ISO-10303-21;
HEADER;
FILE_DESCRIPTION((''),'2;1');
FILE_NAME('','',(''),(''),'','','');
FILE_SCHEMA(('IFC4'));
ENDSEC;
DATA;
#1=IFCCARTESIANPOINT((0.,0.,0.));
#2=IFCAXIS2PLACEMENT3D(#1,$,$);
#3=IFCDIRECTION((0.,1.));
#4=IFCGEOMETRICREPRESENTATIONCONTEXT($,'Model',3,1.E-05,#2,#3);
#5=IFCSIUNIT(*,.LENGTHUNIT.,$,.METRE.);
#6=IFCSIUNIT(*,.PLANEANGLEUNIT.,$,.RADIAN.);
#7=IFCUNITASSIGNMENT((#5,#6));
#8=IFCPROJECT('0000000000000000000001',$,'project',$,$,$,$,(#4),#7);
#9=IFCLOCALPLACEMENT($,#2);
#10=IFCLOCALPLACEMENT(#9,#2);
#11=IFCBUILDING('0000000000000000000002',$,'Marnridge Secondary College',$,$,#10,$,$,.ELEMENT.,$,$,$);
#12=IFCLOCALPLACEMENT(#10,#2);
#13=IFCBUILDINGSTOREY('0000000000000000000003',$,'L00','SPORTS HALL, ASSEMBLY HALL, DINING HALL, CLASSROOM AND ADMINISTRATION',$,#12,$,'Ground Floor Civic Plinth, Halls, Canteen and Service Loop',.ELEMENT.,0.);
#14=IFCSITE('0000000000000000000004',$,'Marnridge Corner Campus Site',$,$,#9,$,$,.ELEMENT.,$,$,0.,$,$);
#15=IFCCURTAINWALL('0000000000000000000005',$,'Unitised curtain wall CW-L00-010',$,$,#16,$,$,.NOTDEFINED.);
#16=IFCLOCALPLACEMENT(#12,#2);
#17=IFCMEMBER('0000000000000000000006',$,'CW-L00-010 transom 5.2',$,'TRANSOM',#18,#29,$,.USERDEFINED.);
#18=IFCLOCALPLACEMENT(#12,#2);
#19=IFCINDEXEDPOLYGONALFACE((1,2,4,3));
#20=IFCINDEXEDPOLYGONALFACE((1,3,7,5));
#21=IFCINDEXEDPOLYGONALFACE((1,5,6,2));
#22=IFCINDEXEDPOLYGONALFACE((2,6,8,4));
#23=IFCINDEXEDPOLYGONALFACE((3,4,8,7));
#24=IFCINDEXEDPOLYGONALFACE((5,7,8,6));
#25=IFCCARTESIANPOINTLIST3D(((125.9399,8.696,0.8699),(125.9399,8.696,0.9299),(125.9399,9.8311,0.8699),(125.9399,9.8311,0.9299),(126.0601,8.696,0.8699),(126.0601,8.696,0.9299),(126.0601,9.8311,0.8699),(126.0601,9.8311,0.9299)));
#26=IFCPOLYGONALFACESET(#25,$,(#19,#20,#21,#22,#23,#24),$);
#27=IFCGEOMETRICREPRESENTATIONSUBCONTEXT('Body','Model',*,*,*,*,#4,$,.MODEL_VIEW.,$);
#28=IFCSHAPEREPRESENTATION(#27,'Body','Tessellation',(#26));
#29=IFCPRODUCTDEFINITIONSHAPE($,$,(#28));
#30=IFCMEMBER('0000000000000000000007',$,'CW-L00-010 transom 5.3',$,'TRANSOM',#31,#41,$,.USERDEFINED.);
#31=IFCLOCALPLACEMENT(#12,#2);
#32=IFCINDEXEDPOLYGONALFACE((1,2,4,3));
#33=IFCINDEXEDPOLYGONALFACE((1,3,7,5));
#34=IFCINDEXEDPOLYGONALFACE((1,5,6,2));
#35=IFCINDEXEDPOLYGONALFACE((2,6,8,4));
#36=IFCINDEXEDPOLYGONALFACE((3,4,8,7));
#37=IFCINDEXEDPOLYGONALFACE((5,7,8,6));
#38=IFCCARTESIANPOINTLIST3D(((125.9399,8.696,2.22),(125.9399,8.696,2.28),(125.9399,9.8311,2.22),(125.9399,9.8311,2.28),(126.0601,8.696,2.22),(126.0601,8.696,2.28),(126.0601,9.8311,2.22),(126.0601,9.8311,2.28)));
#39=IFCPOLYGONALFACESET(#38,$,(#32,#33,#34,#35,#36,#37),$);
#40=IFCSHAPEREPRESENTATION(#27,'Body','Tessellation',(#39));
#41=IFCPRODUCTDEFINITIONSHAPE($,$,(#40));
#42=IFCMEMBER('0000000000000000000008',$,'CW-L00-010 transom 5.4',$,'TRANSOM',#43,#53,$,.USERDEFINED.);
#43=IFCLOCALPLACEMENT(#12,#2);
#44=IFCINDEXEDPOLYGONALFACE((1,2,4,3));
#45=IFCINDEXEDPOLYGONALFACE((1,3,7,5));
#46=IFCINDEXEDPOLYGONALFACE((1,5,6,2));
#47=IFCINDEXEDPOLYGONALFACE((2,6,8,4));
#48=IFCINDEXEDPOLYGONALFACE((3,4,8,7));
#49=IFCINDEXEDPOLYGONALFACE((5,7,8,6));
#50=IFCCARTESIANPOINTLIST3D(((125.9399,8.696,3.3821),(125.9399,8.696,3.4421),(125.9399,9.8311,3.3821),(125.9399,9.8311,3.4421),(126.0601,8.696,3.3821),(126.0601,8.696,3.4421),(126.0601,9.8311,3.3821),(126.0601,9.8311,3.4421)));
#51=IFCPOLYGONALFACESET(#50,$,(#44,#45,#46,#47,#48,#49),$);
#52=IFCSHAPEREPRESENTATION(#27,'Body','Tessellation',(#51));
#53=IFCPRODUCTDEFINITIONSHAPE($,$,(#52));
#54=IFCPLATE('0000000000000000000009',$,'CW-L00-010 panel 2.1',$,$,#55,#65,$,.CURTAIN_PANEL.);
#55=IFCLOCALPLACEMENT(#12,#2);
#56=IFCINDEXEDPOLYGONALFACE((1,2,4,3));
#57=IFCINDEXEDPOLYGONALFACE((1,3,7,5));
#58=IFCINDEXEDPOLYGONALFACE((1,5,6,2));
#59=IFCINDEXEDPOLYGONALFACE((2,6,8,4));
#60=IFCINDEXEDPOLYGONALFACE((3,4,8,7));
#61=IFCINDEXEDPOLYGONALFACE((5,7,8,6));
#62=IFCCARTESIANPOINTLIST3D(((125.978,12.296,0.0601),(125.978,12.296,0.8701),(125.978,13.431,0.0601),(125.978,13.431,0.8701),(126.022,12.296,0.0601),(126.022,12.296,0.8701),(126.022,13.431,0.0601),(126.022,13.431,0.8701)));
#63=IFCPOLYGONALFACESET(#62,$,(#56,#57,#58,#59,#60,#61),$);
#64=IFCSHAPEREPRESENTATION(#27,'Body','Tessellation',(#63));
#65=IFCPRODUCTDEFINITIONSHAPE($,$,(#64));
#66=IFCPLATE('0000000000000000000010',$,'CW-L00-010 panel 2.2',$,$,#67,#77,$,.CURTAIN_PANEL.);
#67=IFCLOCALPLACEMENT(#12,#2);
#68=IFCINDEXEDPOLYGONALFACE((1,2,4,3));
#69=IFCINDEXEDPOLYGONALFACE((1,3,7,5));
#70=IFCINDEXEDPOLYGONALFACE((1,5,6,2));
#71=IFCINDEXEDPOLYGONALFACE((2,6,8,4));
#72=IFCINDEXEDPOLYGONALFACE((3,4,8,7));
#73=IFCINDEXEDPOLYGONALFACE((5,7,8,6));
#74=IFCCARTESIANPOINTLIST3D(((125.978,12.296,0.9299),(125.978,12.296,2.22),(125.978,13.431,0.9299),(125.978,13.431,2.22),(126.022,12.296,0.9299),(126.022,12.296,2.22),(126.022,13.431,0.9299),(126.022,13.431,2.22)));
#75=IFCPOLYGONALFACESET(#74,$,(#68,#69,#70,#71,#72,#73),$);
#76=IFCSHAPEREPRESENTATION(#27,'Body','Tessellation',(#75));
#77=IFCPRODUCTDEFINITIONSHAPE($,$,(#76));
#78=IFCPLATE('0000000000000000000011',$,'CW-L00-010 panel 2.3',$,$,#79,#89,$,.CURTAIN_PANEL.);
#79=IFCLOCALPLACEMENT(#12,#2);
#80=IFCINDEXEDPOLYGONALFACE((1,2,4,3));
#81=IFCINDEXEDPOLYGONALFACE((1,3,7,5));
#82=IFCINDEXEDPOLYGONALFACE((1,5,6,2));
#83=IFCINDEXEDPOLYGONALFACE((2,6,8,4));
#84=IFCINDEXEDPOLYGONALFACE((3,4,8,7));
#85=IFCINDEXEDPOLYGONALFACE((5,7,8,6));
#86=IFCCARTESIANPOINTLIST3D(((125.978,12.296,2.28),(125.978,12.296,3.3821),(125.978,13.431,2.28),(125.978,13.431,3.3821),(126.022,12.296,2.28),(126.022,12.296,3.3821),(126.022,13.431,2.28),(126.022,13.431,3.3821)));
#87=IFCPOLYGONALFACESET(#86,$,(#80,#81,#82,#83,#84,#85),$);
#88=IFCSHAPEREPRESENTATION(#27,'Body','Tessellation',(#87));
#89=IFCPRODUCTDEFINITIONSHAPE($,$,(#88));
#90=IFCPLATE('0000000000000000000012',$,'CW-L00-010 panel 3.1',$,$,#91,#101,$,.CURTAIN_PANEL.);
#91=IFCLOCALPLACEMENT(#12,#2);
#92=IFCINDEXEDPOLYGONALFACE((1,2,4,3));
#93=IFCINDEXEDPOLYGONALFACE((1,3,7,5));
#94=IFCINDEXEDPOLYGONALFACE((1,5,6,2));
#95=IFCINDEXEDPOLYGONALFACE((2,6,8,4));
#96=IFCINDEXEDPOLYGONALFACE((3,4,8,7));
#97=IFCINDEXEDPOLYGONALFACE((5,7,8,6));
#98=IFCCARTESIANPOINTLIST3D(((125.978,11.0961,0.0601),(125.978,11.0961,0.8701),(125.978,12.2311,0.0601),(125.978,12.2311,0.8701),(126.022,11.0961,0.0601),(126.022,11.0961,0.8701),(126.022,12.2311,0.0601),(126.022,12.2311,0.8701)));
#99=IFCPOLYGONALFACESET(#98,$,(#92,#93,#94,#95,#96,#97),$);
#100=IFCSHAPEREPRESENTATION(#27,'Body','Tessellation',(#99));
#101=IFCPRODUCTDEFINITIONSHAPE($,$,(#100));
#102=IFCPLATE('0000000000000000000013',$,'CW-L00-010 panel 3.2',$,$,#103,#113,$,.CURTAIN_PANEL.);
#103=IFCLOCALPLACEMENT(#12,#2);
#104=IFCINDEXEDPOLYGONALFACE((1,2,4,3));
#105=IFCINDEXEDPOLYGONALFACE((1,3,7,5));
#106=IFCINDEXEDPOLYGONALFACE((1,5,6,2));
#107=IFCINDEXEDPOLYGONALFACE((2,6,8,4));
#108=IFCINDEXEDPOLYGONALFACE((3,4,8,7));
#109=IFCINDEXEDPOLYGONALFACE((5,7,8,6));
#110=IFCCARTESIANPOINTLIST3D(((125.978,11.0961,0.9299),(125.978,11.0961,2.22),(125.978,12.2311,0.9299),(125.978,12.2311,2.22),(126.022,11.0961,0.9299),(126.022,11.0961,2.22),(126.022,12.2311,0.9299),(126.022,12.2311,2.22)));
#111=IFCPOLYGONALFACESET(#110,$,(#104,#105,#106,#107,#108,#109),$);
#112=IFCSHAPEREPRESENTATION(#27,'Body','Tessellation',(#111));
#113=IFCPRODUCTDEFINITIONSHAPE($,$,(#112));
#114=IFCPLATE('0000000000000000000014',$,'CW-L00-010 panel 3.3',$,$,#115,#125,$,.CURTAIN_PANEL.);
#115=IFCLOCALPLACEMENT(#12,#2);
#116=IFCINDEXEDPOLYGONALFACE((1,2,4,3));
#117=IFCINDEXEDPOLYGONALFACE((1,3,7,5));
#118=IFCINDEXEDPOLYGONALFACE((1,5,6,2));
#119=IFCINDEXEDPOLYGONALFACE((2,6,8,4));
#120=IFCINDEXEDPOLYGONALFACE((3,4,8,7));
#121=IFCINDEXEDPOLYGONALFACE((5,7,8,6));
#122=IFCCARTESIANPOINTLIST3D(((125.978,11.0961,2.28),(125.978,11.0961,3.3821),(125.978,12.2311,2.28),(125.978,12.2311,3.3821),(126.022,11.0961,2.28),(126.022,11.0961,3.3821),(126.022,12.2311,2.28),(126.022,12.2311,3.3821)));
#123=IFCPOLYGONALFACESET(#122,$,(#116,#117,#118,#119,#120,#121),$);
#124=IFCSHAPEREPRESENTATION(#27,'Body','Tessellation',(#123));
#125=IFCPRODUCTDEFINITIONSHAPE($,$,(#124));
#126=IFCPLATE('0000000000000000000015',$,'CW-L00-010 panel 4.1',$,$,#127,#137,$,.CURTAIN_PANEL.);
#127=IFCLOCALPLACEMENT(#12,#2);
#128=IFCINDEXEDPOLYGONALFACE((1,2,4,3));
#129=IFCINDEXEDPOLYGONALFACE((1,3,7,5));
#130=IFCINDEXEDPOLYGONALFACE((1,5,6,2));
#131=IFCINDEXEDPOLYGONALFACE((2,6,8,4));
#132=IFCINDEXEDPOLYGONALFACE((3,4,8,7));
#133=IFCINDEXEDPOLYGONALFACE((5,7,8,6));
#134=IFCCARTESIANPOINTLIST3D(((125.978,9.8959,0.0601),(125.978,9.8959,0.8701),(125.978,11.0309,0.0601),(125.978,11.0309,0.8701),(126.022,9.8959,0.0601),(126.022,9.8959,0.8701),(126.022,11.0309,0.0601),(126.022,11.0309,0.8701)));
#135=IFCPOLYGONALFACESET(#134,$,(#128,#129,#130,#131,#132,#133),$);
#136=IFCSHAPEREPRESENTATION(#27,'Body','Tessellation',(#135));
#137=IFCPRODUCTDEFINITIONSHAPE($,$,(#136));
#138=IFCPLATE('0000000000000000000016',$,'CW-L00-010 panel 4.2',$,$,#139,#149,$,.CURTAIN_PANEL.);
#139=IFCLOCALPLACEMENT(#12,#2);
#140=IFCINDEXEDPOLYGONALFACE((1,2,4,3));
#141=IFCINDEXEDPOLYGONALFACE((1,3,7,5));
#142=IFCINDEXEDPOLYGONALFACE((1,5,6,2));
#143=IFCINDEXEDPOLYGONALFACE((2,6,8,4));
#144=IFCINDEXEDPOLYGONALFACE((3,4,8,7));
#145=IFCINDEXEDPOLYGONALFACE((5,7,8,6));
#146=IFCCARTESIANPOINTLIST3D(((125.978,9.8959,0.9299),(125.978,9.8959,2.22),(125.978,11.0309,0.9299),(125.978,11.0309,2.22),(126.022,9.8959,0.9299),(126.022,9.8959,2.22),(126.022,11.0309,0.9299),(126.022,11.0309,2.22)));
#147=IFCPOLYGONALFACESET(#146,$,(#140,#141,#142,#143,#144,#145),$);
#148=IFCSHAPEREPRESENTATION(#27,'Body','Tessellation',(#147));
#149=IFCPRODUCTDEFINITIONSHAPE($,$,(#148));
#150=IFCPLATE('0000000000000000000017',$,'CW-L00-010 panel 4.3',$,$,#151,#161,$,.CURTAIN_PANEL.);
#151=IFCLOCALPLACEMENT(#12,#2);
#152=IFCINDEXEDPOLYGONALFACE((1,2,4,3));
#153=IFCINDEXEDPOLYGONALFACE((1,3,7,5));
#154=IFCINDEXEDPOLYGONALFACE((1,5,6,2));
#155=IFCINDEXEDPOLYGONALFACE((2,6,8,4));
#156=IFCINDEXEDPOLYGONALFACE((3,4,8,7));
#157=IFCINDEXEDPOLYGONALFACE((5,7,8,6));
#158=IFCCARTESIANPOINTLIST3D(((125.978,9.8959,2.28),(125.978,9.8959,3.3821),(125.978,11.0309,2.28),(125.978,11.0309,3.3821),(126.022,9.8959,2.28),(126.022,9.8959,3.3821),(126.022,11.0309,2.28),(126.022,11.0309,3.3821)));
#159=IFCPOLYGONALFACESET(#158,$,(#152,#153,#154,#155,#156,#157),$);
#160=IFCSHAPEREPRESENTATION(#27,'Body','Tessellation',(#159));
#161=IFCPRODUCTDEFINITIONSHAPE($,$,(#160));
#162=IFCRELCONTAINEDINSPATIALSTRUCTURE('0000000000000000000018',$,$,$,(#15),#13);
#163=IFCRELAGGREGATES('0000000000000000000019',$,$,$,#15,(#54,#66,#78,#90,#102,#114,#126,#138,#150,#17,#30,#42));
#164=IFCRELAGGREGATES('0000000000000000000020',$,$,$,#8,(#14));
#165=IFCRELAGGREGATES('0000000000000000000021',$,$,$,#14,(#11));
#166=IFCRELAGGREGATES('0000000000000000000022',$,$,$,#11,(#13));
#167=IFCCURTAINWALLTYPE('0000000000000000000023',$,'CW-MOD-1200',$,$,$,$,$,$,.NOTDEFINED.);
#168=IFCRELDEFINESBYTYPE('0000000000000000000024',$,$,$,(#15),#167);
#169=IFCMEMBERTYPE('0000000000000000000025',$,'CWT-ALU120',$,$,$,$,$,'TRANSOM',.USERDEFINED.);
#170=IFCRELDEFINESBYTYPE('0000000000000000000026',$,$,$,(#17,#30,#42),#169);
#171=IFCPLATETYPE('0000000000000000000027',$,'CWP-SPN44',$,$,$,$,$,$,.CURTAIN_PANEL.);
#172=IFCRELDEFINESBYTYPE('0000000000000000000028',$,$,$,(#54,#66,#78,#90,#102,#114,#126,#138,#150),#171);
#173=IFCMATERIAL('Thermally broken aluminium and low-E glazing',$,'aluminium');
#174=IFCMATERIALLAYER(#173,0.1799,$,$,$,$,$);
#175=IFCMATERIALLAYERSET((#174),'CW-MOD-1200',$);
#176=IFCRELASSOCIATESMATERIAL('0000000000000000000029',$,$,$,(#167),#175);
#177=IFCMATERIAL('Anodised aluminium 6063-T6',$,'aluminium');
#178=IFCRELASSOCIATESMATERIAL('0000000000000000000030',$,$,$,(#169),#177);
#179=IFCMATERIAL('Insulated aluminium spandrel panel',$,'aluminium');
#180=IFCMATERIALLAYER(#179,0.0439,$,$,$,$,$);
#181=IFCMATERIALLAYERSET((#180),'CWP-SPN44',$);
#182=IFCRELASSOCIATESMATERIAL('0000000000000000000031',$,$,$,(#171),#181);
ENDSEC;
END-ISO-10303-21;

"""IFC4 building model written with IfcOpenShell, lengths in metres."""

from ifc_helpers import new_model, si_unit, direction, frame, origin, origin_2d, place, context, subcontext, project, spatial, rectangle, extrude, material, layer, layer_set, material_profile, profile_set, type_object, element, aggregate, save


model = new_model("IFC4")

# Units and contexts
model_context = context("Model", 3, precision=1e-05, world=origin(), true_north=direction((0.0, 1.0)))
body_context = subcontext(model_context, "Body", "Model", "MODEL_VIEW")
ifc_project = project(units=[si_unit("LENGTHUNIT", "METRE"), si_unit("PLANEANGLEUNIT", "RADIAN")], contexts=[model_context])

# Site, building, storey
site_placement = place(None, origin())
site = spatial("IfcSite", under=ifc_project, at=site_placement, Name="Marnridge Corner Campus Site", CompositionType="ELEMENT", RefElevation=0.0)
building_placement = place(site_placement, origin())
building = spatial("IfcBuilding", under=site, at=building_placement, Name="Marnridge Secondary College", CompositionType="ELEMENT")
storey_placement = place(building_placement, origin())
storey = spatial("IfcBuildingStorey", under=building, at=storey_placement, Name="L00", Description="SPORTS HALL, ASSEMBLY HALL, DINING HALL, CLASSROOM AND ADMINISTRATION", LongName="Ground Floor Civic Plinth, Halls, Canteen and Service Loop", CompositionType="ELEMENT", Elevation=0.0)

# Curtain wall, members, plates
ifc_material_1 = material(Name="Thermally broken aluminium and low-E glazing", Category="aluminium")
ifc_layer_1 = layer(ifc_material_1, 0.1799)
ifc_layer_set_1 = layer_set([ifc_layer_1], Name="CW-MOD-1200")
curtain_wall_type = type_object("IfcCurtainWallType", Name="CW-MOD-1200", PredefinedType="NOTDEFINED", material=ifc_layer_set_1)
curtain_wall_placement = place(storey_placement, origin())
curtain_wall = element("IfcCurtainWall", 1, at=curtain_wall_placement, inside=storey, type_object=curtain_wall_type, Name="Unitised curtain wall CW-L00-010", PredefinedType="NOTDEFINED")
ifc_material_2 = material(Name="Anodised aluminium 6063-T6", Category="aluminium")
ifc_material_profile_1 = material_profile(ifc_material_2, rectangle(XDim=0.0601, YDim=0.1201, at=origin_2d()), Name="ALU 60x120")
ifc_profile_set_1 = profile_set([ifc_material_profile_1], Name="Anodised aluminium 6063-T6")
member_type_1 = type_object("IfcMemberType", Name="CWT-ALU120", ElementType="TRANSOM", PredefinedType="USERDEFINED", material=ifc_profile_set_1)
member_1_placement = place(storey_placement, frame((126.0, 9.8311, 0.8999), z_axis=(0.0, -1.0, 0.0), x_axis=(0.0, 0.0, 1.0)))
member_1 = element("IfcMember", 2, at=member_1_placement, type_object=member_type_1, Name="CW-L00-010 transom 5.2", ObjectType="TRANSOM", PredefinedType="USERDEFINED", context=body_context, shape_type="SweptSolid", body=[
    extrude(rectangle(XDim=0.0601, YDim=0.1201, at=origin_2d()), origin(), (0.0, 0.0, 1.0), 1.135),
])
member_2_placement = place(storey_placement, frame((126.0, 9.8311, 2.25), z_axis=(0.0, -1.0, 0.0), x_axis=(0.0, 0.0, 1.0)))
member_2 = element("IfcMember", 3, at=member_2_placement, type_object=member_type_1, Name="CW-L00-010 transom 5.3", ObjectType="TRANSOM", PredefinedType="USERDEFINED", context=body_context, shape_type="SweptSolid", body=[
    extrude(rectangle(XDim=0.0601, YDim=0.1201, at=origin_2d()), origin(), (0.0, 0.0, 1.0), 1.135),
])
member_3_placement = place(storey_placement, frame((126.0, 9.8311, 3.4121), z_axis=(0.0, -1.0, 0.0), x_axis=(0.0, 0.0, 1.0)))
member_3 = element("IfcMember", 4, at=member_3_placement, type_object=member_type_1, Name="CW-L00-010 transom 5.4", ObjectType="TRANSOM", PredefinedType="USERDEFINED", context=body_context, shape_type="SweptSolid", body=[
    extrude(rectangle(XDim=0.0601, YDim=0.1201, at=origin_2d()), origin(), (0.0, 0.0, 1.0), 1.135),
])
ifc_material_3 = material(Name="Insulated aluminium spandrel panel", Category="aluminium")
ifc_layer_2 = layer(ifc_material_3, 0.0439)
ifc_layer_set_2 = layer_set([ifc_layer_2], Name="CWP-SPN44")
plate_type = type_object("IfcPlateType", Name="CWP-SPN44", PredefinedType="CURTAIN_PANEL", material=ifc_layer_set_2)
plate_1_placement = place(storey_placement, frame((126.0, 12.8635, 0.0601), z_axis=(0.0, 0.0, 1.0), x_axis=(0.0, -1.0, 0.0)))
plate_1 = element("IfcPlate", 5, at=plate_1_placement, type_object=plate_type, Name="CW-L00-010 panel 2.1", PredefinedType="CURTAIN_PANEL", context=body_context, shape_type="SweptSolid", body=[
    extrude(rectangle(XDim=1.135, YDim=0.0439, at=origin_2d()), origin(), (0.0, 0.0, 1.0), 0.8101),
])
plate_2_placement = place(storey_placement, frame((126.0, 12.8635, 0.9299), z_axis=(0.0, 0.0, 1.0), x_axis=(0.0, -1.0, 0.0)))
plate_2 = element("IfcPlate", 6, at=plate_2_placement, type_object=plate_type, Name="CW-L00-010 panel 2.2", PredefinedType="CURTAIN_PANEL", context=body_context, shape_type="SweptSolid", body=[
    extrude(rectangle(XDim=1.135, YDim=0.0439, at=origin_2d()), origin(), (0.0, 0.0, 1.0), 1.29),
])
plate_3_placement = place(storey_placement, frame((126.0, 12.8635, 2.28), z_axis=(0.0, 0.0, 1.0), x_axis=(0.0, -1.0, 0.0)))
plate_3 = element("IfcPlate", 7, at=plate_3_placement, type_object=plate_type, Name="CW-L00-010 panel 2.3", PredefinedType="CURTAIN_PANEL", context=body_context, shape_type="SweptSolid", body=[
    extrude(rectangle(XDim=1.135, YDim=0.0439, at=origin_2d()), origin(), (0.0, 0.0, 1.0), 1.1021),
])
plate_4_placement = place(storey_placement, frame((126.0, 11.6636, 0.0601), z_axis=(0.0, 0.0, 1.0), x_axis=(0.0, -1.0, 0.0)))
plate_4 = element("IfcPlate", 8, at=plate_4_placement, type_object=plate_type, Name="CW-L00-010 panel 3.1", PredefinedType="CURTAIN_PANEL", context=body_context, shape_type="SweptSolid", body=[
    extrude(rectangle(XDim=1.135, YDim=0.0439, at=origin_2d()), origin(), (0.0, 0.0, 1.0), 0.8101),
])
plate_5_placement = place(storey_placement, frame((126.0, 11.6636, 0.9299), z_axis=(0.0, 0.0, 1.0), x_axis=(0.0, -1.0, 0.0)))
plate_5 = element("IfcPlate", 9, at=plate_5_placement, type_object=plate_type, Name="CW-L00-010 panel 3.2", PredefinedType="CURTAIN_PANEL", context=body_context, shape_type="SweptSolid", body=[
    extrude(rectangle(XDim=1.135, YDim=0.0439, at=origin_2d()), origin(), (0.0, 0.0, 1.0), 1.29),
])
plate_6_placement = place(storey_placement, frame((126.0, 11.6636, 2.28), z_axis=(0.0, 0.0, 1.0), x_axis=(0.0, -1.0, 0.0)))
plate_6 = element("IfcPlate", 10, at=plate_6_placement, type_object=plate_type, Name="CW-L00-010 panel 3.3", PredefinedType="CURTAIN_PANEL", context=body_context, shape_type="SweptSolid", body=[
    extrude(rectangle(XDim=1.135, YDim=0.0439, at=origin_2d()), origin(), (0.0, 0.0, 1.0), 1.1021),
])
plate_7_placement = place(storey_placement, frame((126.0, 10.4634, 0.0601), z_axis=(0.0, 0.0, 1.0), x_axis=(0.0, -1.0, 0.0)))
plate_7 = element("IfcPlate", 11, at=plate_7_placement, type_object=plate_type, Name="CW-L00-010 panel 4.1", PredefinedType="CURTAIN_PANEL", context=body_context, shape_type="SweptSolid", body=[
    extrude(rectangle(XDim=1.135, YDim=0.0439, at=origin_2d()), origin(), (0.0, 0.0, 1.0), 0.8101),
])
plate_8_placement = place(storey_placement, frame((126.0, 10.4634, 0.9299), z_axis=(0.0, 0.0, 1.0), x_axis=(0.0, -1.0, 0.0)))
plate_8 = element("IfcPlate", 12, at=plate_8_placement, type_object=plate_type, Name="CW-L00-010 panel 4.2", PredefinedType="CURTAIN_PANEL", context=body_context, shape_type="SweptSolid", body=[
    extrude(rectangle(XDim=1.135, YDim=0.0439, at=origin_2d()), origin(), (0.0, 0.0, 1.0), 1.29),
])
plate_9_placement = place(storey_placement, frame((126.0, 10.4634, 2.28), z_axis=(0.0, 0.0, 1.0), x_axis=(0.0, -1.0, 0.0)))
plate_9 = element("IfcPlate", 13, at=plate_9_placement, type_object=plate_type, Name="CW-L00-010 panel 4.3", PredefinedType="CURTAIN_PANEL", context=body_context, shape_type="SweptSolid", body=[
    extrude(rectangle(XDim=1.135, YDim=0.0439, at=origin_2d()), origin(), (0.0, 0.0, 1.0), 1.1021),
])
aggregate(curtain_wall, [plate_1, plate_2, plate_3, plate_4, plate_5, plate_6, plate_7, plate_8, plate_9, member_1, member_2, member_3])

save(model, "model.ifc")
